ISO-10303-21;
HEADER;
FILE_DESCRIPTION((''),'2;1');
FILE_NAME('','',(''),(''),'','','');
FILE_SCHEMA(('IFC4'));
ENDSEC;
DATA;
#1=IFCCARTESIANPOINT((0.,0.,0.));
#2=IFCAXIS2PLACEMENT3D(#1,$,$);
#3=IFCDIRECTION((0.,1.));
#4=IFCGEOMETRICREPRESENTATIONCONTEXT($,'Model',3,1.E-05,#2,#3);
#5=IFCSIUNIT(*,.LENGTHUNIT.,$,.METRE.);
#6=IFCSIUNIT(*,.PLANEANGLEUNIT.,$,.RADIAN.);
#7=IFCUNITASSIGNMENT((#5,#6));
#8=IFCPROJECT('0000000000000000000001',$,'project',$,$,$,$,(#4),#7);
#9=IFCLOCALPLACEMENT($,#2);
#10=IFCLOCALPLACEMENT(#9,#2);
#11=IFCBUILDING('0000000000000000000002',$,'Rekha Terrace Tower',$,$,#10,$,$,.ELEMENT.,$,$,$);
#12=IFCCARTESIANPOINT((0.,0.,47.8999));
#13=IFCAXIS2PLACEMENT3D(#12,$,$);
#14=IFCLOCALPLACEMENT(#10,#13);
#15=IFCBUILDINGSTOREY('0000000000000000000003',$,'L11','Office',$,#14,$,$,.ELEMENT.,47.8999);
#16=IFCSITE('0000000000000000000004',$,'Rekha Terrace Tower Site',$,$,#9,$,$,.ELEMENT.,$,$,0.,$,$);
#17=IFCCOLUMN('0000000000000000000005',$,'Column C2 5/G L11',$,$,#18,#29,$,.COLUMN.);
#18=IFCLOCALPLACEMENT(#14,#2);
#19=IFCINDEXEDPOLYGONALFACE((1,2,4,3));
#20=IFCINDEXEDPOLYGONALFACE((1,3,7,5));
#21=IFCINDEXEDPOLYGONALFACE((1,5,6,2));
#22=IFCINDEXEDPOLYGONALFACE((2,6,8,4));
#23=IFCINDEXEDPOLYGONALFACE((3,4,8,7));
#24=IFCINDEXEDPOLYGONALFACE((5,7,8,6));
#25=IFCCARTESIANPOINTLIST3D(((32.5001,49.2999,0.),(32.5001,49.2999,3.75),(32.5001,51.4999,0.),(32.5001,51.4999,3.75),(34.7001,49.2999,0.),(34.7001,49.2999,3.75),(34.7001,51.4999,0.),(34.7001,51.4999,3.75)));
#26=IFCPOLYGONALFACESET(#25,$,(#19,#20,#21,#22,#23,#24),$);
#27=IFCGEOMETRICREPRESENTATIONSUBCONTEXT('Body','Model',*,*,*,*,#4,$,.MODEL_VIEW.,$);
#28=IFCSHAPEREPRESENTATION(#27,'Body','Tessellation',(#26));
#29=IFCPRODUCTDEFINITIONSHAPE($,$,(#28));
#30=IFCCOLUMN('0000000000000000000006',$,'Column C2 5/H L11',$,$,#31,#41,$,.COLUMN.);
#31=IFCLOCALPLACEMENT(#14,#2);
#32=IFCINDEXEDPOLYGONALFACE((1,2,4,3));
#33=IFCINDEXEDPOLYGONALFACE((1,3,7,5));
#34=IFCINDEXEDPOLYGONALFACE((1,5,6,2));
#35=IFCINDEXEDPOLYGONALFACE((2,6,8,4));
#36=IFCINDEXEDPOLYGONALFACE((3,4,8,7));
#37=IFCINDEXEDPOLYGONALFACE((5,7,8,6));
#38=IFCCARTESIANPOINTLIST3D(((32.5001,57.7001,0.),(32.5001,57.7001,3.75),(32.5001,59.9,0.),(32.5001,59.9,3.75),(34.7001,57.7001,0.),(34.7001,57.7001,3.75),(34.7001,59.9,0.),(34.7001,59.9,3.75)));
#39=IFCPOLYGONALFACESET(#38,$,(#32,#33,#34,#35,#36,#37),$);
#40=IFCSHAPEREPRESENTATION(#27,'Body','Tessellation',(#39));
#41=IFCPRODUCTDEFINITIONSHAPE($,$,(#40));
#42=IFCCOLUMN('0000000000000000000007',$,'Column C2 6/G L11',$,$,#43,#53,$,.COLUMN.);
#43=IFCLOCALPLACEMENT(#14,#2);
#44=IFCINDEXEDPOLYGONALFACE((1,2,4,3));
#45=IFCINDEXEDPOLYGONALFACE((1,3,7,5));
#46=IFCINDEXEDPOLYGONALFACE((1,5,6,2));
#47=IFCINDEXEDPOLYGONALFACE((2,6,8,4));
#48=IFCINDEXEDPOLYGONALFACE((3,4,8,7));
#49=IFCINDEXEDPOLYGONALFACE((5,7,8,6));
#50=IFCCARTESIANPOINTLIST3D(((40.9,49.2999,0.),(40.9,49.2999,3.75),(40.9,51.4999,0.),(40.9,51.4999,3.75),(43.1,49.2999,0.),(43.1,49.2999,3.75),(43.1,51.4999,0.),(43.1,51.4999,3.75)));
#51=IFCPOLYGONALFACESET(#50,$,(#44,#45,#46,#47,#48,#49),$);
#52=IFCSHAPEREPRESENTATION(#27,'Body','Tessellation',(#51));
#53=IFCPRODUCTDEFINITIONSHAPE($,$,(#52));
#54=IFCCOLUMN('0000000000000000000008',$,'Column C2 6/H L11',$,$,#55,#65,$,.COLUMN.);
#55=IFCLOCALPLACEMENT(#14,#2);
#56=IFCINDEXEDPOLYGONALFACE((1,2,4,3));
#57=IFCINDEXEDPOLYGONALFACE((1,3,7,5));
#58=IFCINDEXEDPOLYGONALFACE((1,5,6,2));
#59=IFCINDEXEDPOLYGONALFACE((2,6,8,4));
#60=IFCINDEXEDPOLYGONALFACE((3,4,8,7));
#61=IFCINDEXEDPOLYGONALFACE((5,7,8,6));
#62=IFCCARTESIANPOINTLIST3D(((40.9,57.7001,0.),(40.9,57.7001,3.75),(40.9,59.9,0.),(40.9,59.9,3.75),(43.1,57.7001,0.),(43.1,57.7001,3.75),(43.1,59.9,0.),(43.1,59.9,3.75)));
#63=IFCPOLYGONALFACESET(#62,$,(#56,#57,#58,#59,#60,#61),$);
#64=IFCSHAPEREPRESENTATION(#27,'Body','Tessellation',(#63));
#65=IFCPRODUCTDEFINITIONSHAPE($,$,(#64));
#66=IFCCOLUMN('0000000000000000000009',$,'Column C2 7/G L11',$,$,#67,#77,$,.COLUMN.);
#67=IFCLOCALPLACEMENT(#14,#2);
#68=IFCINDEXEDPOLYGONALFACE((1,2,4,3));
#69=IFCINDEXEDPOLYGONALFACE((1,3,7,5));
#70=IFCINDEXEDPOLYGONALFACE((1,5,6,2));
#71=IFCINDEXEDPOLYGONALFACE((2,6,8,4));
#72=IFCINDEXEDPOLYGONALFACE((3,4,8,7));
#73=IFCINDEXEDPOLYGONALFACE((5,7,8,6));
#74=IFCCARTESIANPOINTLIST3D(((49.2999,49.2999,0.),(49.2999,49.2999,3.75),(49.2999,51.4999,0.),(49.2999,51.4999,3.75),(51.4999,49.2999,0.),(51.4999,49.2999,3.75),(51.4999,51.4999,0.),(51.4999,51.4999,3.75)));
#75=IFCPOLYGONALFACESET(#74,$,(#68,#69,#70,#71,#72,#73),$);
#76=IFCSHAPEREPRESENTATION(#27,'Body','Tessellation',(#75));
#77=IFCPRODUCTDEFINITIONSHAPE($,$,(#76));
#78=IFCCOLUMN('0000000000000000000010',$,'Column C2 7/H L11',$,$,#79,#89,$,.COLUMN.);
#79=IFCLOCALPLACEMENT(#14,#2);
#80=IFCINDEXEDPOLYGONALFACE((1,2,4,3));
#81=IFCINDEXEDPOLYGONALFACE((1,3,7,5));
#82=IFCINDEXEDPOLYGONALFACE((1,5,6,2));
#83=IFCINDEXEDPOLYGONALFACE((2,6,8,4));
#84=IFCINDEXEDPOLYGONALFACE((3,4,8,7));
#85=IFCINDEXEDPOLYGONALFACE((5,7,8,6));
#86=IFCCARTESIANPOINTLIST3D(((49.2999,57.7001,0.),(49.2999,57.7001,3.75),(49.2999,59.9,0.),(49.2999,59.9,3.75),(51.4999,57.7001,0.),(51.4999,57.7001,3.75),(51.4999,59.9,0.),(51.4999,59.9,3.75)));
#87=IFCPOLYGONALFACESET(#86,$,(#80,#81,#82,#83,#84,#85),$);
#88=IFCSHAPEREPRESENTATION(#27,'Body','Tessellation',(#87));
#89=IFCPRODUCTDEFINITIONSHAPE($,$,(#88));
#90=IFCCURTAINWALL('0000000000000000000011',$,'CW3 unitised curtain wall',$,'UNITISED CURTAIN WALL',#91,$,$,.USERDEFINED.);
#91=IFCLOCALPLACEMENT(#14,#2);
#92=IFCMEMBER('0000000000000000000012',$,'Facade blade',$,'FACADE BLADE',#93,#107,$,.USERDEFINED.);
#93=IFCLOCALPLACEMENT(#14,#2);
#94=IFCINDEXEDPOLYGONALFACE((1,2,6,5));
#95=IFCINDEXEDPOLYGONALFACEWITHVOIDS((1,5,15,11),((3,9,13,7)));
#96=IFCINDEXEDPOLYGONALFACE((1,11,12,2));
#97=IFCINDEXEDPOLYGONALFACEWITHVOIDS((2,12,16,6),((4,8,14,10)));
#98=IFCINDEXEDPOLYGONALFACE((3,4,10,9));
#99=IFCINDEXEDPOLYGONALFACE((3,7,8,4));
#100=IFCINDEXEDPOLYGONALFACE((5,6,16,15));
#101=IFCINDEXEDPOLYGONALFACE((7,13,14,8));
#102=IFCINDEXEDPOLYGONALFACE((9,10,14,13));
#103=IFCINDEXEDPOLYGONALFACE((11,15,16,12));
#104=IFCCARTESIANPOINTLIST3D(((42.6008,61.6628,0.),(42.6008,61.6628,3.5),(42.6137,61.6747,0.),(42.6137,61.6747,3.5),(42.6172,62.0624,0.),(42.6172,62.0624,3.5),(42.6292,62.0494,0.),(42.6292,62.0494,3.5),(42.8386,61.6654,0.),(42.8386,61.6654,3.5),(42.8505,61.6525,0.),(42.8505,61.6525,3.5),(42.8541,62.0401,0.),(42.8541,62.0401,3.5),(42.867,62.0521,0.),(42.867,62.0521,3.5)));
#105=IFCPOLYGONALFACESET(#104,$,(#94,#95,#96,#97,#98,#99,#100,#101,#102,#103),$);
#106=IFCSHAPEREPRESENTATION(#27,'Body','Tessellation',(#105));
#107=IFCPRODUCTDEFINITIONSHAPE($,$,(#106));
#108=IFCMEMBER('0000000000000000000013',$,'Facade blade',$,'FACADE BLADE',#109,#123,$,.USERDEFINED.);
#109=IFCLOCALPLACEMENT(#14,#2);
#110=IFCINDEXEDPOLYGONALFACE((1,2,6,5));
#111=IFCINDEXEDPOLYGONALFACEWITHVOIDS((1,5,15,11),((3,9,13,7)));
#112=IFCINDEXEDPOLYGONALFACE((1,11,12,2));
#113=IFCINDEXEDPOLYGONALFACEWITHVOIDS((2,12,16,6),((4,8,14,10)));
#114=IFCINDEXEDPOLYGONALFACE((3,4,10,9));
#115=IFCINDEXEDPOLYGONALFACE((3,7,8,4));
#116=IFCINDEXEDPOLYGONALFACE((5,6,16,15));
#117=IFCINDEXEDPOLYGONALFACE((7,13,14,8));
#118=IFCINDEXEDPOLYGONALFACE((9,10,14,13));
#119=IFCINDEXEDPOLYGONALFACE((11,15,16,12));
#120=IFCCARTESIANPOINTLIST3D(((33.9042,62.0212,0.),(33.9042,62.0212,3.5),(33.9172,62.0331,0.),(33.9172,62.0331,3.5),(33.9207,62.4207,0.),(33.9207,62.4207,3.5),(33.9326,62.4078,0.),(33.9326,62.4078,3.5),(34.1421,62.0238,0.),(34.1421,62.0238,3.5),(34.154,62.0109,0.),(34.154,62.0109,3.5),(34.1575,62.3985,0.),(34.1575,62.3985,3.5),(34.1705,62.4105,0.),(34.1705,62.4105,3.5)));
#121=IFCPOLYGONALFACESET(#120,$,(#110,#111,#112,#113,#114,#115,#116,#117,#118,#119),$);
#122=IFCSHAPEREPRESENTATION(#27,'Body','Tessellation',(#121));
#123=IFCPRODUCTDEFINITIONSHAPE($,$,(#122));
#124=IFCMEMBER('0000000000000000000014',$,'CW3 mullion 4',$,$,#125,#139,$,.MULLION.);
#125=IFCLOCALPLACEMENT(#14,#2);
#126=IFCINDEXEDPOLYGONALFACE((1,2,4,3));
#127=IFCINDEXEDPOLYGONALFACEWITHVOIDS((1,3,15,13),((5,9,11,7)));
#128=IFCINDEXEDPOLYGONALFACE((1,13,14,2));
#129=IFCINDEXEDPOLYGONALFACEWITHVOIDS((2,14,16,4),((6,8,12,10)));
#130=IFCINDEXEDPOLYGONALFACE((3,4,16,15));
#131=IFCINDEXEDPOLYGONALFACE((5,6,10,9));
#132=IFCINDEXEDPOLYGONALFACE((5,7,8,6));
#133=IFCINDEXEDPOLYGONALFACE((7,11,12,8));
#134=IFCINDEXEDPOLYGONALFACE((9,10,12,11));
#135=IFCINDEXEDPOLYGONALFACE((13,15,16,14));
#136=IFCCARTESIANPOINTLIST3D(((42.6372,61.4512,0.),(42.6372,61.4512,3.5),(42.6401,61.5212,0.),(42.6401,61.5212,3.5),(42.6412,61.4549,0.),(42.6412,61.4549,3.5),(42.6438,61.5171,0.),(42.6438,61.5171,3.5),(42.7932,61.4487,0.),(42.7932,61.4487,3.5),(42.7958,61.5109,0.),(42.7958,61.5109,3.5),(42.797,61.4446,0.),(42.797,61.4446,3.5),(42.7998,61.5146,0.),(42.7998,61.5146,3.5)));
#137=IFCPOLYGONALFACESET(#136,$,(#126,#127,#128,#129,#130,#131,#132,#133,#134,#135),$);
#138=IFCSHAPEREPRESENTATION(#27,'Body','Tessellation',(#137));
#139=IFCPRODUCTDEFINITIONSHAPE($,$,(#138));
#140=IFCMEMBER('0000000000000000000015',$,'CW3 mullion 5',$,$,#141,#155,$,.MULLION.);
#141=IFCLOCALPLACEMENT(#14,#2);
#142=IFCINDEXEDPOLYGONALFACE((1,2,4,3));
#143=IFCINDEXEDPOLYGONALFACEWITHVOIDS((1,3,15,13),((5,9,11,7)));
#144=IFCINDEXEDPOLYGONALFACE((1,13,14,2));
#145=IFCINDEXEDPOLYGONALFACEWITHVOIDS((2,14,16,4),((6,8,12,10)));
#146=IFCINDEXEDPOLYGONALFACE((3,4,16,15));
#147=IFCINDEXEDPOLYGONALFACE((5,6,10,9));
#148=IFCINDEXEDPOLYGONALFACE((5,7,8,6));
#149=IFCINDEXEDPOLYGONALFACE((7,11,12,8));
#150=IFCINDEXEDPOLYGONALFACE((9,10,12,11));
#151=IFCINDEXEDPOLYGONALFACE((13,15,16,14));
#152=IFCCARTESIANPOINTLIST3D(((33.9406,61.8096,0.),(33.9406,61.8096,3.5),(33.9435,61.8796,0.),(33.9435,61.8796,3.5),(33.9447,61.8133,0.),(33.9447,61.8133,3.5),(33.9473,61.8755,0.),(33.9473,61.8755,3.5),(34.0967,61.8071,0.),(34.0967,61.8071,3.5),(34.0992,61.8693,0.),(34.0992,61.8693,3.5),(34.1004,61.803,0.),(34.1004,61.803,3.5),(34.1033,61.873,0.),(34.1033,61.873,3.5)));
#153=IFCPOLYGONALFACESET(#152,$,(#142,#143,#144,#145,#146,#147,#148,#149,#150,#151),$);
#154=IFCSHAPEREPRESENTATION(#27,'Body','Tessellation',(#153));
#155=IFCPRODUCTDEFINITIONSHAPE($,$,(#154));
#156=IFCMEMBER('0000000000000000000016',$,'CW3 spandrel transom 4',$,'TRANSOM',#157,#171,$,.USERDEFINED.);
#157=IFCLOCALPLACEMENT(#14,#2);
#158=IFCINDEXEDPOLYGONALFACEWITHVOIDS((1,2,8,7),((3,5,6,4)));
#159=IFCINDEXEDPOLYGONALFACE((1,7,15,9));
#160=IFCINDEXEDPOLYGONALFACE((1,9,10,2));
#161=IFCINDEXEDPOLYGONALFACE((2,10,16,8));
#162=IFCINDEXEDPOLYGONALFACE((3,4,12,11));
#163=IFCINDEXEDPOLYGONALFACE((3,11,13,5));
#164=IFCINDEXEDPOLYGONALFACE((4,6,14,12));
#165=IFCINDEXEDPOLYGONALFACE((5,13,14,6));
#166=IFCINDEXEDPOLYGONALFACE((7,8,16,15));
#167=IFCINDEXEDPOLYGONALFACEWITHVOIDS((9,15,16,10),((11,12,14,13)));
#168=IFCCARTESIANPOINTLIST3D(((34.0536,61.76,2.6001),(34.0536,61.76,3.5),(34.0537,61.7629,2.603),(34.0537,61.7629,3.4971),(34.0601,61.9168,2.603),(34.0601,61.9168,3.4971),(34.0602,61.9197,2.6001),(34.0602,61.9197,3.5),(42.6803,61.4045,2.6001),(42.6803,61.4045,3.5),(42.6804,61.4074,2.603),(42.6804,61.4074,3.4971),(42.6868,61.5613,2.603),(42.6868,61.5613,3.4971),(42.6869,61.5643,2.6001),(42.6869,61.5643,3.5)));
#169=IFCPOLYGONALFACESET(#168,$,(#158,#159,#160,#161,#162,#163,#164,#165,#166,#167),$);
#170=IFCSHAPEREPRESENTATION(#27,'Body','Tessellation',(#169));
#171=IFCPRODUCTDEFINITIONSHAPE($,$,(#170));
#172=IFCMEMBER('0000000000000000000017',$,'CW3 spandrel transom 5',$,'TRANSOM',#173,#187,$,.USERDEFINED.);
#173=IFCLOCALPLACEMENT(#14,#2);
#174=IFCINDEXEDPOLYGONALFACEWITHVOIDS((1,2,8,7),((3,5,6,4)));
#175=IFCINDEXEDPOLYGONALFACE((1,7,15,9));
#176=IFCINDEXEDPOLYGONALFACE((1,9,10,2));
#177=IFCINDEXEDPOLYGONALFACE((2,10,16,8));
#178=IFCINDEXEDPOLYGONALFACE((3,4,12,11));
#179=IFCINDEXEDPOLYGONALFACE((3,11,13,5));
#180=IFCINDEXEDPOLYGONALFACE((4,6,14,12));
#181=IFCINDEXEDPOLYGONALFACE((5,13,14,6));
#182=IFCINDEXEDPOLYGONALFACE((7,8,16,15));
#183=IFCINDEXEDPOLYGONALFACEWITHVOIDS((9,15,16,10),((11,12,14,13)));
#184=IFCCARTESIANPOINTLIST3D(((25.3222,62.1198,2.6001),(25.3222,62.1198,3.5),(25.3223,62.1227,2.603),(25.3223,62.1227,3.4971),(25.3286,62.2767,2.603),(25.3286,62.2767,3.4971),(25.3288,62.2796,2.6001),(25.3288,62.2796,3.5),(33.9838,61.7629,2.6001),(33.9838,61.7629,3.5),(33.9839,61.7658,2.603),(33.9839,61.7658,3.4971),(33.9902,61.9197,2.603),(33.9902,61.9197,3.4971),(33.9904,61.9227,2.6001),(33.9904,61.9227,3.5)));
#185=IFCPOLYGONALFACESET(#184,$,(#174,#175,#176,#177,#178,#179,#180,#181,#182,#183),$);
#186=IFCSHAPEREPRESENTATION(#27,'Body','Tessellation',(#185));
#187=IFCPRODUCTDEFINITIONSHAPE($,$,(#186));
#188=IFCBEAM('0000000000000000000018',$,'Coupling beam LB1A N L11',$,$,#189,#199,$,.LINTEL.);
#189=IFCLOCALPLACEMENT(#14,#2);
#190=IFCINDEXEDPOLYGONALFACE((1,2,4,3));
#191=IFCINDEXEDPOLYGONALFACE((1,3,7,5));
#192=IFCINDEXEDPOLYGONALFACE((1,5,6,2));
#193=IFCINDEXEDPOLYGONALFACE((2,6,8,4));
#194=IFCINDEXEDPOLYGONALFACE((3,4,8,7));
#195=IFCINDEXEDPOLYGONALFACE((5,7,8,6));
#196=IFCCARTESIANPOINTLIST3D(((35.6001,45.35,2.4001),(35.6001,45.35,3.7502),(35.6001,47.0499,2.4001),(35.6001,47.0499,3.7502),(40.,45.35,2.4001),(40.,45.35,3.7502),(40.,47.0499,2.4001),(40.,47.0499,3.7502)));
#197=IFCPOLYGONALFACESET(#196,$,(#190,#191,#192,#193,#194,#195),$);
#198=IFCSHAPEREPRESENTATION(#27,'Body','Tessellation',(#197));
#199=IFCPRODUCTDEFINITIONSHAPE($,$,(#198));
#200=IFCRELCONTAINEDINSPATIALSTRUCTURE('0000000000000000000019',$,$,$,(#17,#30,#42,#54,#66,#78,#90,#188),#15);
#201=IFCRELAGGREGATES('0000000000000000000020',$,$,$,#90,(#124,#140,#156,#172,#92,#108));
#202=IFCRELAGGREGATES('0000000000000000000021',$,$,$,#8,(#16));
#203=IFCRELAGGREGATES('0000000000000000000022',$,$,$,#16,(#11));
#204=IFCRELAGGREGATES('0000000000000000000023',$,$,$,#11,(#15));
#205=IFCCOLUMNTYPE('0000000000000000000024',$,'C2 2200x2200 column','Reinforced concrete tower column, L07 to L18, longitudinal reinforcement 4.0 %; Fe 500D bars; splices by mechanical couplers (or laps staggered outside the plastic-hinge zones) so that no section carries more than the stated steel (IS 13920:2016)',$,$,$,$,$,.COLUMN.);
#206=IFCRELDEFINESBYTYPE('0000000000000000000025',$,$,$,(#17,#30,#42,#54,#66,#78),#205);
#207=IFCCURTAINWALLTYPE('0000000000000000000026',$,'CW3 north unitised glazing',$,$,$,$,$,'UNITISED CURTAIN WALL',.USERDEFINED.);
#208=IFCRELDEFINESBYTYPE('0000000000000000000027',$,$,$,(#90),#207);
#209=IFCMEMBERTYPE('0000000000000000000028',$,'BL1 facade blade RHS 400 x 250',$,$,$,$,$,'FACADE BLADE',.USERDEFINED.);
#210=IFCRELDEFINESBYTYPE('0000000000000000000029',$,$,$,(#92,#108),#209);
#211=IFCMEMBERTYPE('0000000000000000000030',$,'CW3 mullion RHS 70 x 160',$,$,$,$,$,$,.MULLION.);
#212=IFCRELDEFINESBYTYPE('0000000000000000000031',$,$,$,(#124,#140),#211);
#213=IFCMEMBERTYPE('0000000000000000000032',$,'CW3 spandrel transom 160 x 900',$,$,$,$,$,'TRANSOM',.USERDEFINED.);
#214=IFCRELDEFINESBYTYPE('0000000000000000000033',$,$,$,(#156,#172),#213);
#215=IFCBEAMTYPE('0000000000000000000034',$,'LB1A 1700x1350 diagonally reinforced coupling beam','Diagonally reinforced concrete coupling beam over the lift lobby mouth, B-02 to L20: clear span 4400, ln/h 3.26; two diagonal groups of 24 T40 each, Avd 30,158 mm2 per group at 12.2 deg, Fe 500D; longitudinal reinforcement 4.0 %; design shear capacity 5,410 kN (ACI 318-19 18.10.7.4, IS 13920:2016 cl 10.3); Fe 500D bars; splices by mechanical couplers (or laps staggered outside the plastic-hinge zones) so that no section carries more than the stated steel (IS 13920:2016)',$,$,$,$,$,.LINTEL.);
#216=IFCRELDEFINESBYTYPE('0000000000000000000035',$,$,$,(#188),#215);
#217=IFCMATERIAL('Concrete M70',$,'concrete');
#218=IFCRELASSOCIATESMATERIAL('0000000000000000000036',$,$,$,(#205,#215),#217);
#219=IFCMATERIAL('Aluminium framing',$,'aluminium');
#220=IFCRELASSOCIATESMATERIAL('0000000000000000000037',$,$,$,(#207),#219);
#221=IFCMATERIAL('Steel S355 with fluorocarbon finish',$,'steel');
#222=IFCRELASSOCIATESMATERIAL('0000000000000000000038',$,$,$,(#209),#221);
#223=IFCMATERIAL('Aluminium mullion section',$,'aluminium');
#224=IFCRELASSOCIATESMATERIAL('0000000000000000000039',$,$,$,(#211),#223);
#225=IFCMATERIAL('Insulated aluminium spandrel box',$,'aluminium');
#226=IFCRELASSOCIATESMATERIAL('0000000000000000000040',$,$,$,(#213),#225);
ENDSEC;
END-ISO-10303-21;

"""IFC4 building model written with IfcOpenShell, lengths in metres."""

from ifc_helpers import new_model, si_unit, direction, frame, origin, origin_2d, place, context, subcontext, project, spatial, rectangle, hollow_rectangle, extrude, material, material_profile, profile_set, type_object, element, aggregate, save


model = new_model("IFC4")

# Units and contexts
model_context = context("Model", 3, precision=1e-05, world=origin(), true_north=direction((0.0, 1.0)))
body_context = subcontext(model_context, "Body", "Model", "MODEL_VIEW")
ifc_project = project(units=[si_unit("LENGTHUNIT", "METRE"), si_unit("PLANEANGLEUNIT", "RADIAN")], contexts=[model_context])

# Site, building, storey
site_placement = place(None, origin())
site = spatial("IfcSite", under=ifc_project, at=site_placement, Name="Rekha Terrace Tower Site", CompositionType="ELEMENT", RefElevation=0.0)
building_placement = place(site_placement, origin())
building = spatial("IfcBuilding", under=site, at=building_placement, Name="Rekha Terrace Tower", CompositionType="ELEMENT")
storey_placement = place(building_placement, frame((0.0, 0.0, 47.8999)))
storey = spatial("IfcBuildingStorey", under=building, at=storey_placement, Name="L11", Description="Office", CompositionType="ELEMENT", Elevation=47.8999)

# Columns
ifc_material_1 = material(Name="Concrete M70", Category="concrete")
ifc_material_profile_1 = material_profile(ifc_material_1, rectangle(XDim=2.2, YDim=2.2, at=origin_2d()), Name="RC 2200x2200")
ifc_profile_set_1 = profile_set([ifc_material_profile_1], Name="Concrete M70")
column_type = type_object("IfcColumnType", Name="C2 2200x2200 column", Description="Reinforced concrete tower column, L07 to L18, longitudinal reinforcement 4.0 %; Fe 500D bars; splices by mechanical couplers (or laps staggered outside the plastic-hinge zones) so that no section carries more than the stated steel (IS 13920:2016)", PredefinedType="COLUMN", material=ifc_profile_set_1)
for number, where, z_axis, x_axis, name in (
    (1, (33.6001, 50.3999, 0.0), (0.0, 0.0, 1.0), (1.0, 0.0, 0.0), "Column C2 5/G L11"),
    (2, (33.6001, 58.8, 0.0), (0.0, 0.0, 1.0), (1.0, 0.0, 0.0), "Column C2 5/H L11"),
    (3, (42.0, 50.3999, 0.0), (0.0, 0.0, 1.0), (1.0, 0.0, 0.0), "Column C2 6/G L11"),
    (4, (42.0, 58.8, 0.0), (0.0, 0.0, 1.0), (1.0, 0.0, 0.0), "Column C2 6/H L11"),
    (5, (50.3999, 50.3999, 0.0), (0.0, 0.0, 1.0), (1.0, 0.0, 0.0), "Column C2 7/G L11"),
    (6, (50.3999, 58.8, 0.0), (0.0, 0.0, 1.0), (1.0, 0.0, 0.0), "Column C2 7/H L11"),
):
    element("IfcColumn", number, at=place(storey_placement, frame(where, z_axis=z_axis, x_axis=x_axis)), inside=storey, type_object=column_type, Name=name, PredefinedType="COLUMN", context=body_context, shape_type="SweptSolid", body=[
        extrude(rectangle(XDim=2.2, YDim=2.2, at=origin_2d()), origin(), (0.0, 0.0, 1.0), 3.75),
    ])

# Curtain wall, members
ifc_material_2 = material(Name="Aluminium framing", Category="aluminium")
curtain_wall_type = type_object("IfcCurtainWallType", Name="CW3 north unitised glazing", ElementType="UNITISED CURTAIN WALL", PredefinedType="USERDEFINED", material=ifc_material_2)
curtain_wall_placement = place(storey_placement, origin())
curtain_wall = element("IfcCurtainWall", 7, at=curtain_wall_placement, inside=storey, type_object=curtain_wall_type, Name="CW3 unitised curtain wall", ObjectType="UNITISED CURTAIN WALL", PredefinedType="USERDEFINED")
ifc_material_3 = material(Name="Steel S355 with fluorocarbon finish", Category="steel")
ifc_material_profile_2 = material_profile(ifc_material_3, hollow_rectangle(XDim=0.25, YDim=0.3999, WallThickness=0.0125, at=origin_2d()), Name="RHS400x250x12.5")
ifc_profile_set_2 = profile_set([ifc_material_profile_2], Name="Steel S355 with fluorocarbon finish")
member_type_1 = type_object("IfcMemberType", Name="BL1 facade blade RHS 400 x 250", ElementType="FACADE BLADE", PredefinedType="USERDEFINED", material=ifc_profile_set_2)
member_1_placement = place(storey_placement, frame((42.7339, 61.8574, 0.0), z_axis=(0.0, 0.0, 1.0), x_axis=(-0.999152, 0.041175, 0.0)))
member_1 = element("IfcMember", 8, at=member_1_placement, type_object=member_type_1, Name="Facade blade", ObjectType="FACADE BLADE", PredefinedType="USERDEFINED", context=body_context, shape_type="SweptSolid", body=[
    extrude(hollow_rectangle(XDim=0.25, YDim=0.3999, WallThickness=0.0125, at=origin_2d()), origin(), (0.0, 0.0, 1.0), 3.5),
])
member_2_placement = place(storey_placement, frame((34.0374, 62.2158, 0.0), z_axis=(0.0, 0.0, 1.0), x_axis=(-0.999152, 0.041175, 0.0)))
member_2 = element("IfcMember", 9, at=member_2_placement, type_object=member_type_1, Name="Facade blade", ObjectType="FACADE BLADE", PredefinedType="USERDEFINED", context=body_context, shape_type="SweptSolid", body=[
    extrude(hollow_rectangle(XDim=0.25, YDim=0.3999, WallThickness=0.0125, at=origin_2d()), origin(), (0.0, 0.0, 1.0), 3.5),
])
ifc_material_4 = material(Name="Aluminium mullion section", Category="aluminium")
ifc_material_profile_3 = material_profile(ifc_material_4, hollow_rectangle(XDim=0.0701, YDim=0.1599, WallThickness=0.0039, at=origin_2d()), Name="AL RHS 70x160")
ifc_profile_set_3 = profile_set([ifc_material_profile_3], Name="Aluminium mullion section")
member_type_2 = type_object("IfcMemberType", Name="CW3 mullion RHS 70 x 160", PredefinedType="MULLION", material=ifc_profile_set_3)
member_3_placement = place(storey_placement, frame((42.7185, 61.4829, 0.0), z_axis=(0.0, 0.0, 1.0), x_axis=(-0.041174, -0.999152, 0.0)))
member_3 = element("IfcMember", 10, at=member_3_placement, type_object=member_type_2, Name="CW3 mullion 4", PredefinedType="MULLION", context=body_context, shape_type="SweptSolid", body=[
    extrude(hollow_rectangle(XDim=0.0701, YDim=0.1599, WallThickness=0.0039, at=origin_2d()), origin(), (0.0, 0.0, 1.0), 3.5),
])
member_4_placement = place(storey_placement, frame((34.022, 61.8413, 0.0), z_axis=(0.0, 0.0, 1.0), x_axis=(-0.041174, -0.999152, 0.0)))
member_4 = element("IfcMember", 11, at=member_4_placement, type_object=member_type_2, Name="CW3 mullion 5", PredefinedType="MULLION", context=body_context, shape_type="SweptSolid", body=[
    extrude(hollow_rectangle(XDim=0.0701, YDim=0.1599, WallThickness=0.0039, at=origin_2d()), origin(), (0.0, 0.0, 1.0), 3.5),
])
ifc_material_5 = material(Name="Insulated aluminium spandrel box", Category="aluminium")
ifc_material_profile_4 = material_profile(ifc_material_5, hollow_rectangle(XDim=0.1599, YDim=0.8999, WallThickness=0.0029, at=origin_2d()), Name="AL SPANDREL BOX 160x900")
ifc_profile_set_4 = profile_set([ifc_material_profile_4], Name="Insulated aluminium spandrel box")
member_type_3 = type_object("IfcMemberType", Name="CW3 spandrel transom 160 x 900", ElementType="TRANSOM", PredefinedType="USERDEFINED", material=ifc_profile_set_4)
member_5_placement = place(storey_placement, frame((42.6836, 61.4844, 3.05), z_axis=(-0.999152, 0.041171, 0.0), x_axis=(-0.041171, -0.999152, 0.0)))
member_5 = element("IfcMember", 12, at=member_5_placement, type_object=member_type_3, Name="CW3 spandrel transom 4", ObjectType="TRANSOM", PredefinedType="USERDEFINED", context=body_context, shape_type="SweptSolid", body=[
    extrude(hollow_rectangle(XDim=0.1599, YDim=0.8999, WallThickness=0.0029, at=origin_2d()), origin(), (0.0, 0.0, 1.0), 8.634),
])
member_6_placement = place(storey_placement, frame((33.9871, 61.8428, 3.05), z_axis=(-0.999152, 0.041174, 0.0), x_axis=(-0.041174, -0.999152, 0.0)))
member_6 = element("IfcMember", 13, at=member_6_placement, type_object=member_type_3, Name="CW3 spandrel transom 5", ObjectType="TRANSOM", PredefinedType="USERDEFINED", context=body_context, shape_type="SweptSolid", body=[
    extrude(hollow_rectangle(XDim=0.1599, YDim=0.8999, WallThickness=0.0029, at=origin_2d()), origin(), (0.0, 0.0, 1.0), 8.6689),
])

# Beam
ifc_material_profile_5 = material_profile(ifc_material_1, rectangle(XDim=1.7, YDim=1.3501, at=origin_2d()), Name="RC 1700x1350")
ifc_profile_set_5 = profile_set([ifc_material_profile_5], Name="Concrete M70")
beam_type = type_object("IfcBeamType", Name="LB1A 1700x1350 diagonally reinforced coupling beam", Description="Diagonally reinforced concrete coupling beam over the lift lobby mouth, B-02 to L20: clear span 4400, ln/h 3.26; two diagonal groups of 24 T40 each, Avd 30,158 mm2 per group at 12.2 deg, Fe 500D; longitudinal reinforcement 4.0 %; design shear capacity 5,410 kN (ACI 318-19 18.10.7.4, IS 13920:2016 cl 10.3); Fe 500D bars; splices by mechanical couplers (or laps staggered outside the plastic-hinge zones) so that no section carries more than the stated steel (IS 13920:2016)", PredefinedType="LINTEL", material=ifc_profile_set_5)
beam_placement = place(storey_placement, frame((35.6001, 46.2, 3.0752), z_axis=(1.0, 0.0, 0.0), x_axis=(0.0, 1.0, 0.0)))
element("IfcBeam", 14, at=beam_placement, inside=storey, type_object=beam_type, Name="Coupling beam LB1A N L11", PredefinedType="LINTEL", context=body_context, shape_type="SweptSolid", body=[
    extrude(rectangle(XDim=1.7, YDim=1.3501, at=origin_2d()), origin(), (0.0, 0.0, 1.0), 4.3999),
])

aggregate(curtain_wall, [member_3, member_4, member_5, member_6, member_1, member_2])

save(model, "model.ifc")
